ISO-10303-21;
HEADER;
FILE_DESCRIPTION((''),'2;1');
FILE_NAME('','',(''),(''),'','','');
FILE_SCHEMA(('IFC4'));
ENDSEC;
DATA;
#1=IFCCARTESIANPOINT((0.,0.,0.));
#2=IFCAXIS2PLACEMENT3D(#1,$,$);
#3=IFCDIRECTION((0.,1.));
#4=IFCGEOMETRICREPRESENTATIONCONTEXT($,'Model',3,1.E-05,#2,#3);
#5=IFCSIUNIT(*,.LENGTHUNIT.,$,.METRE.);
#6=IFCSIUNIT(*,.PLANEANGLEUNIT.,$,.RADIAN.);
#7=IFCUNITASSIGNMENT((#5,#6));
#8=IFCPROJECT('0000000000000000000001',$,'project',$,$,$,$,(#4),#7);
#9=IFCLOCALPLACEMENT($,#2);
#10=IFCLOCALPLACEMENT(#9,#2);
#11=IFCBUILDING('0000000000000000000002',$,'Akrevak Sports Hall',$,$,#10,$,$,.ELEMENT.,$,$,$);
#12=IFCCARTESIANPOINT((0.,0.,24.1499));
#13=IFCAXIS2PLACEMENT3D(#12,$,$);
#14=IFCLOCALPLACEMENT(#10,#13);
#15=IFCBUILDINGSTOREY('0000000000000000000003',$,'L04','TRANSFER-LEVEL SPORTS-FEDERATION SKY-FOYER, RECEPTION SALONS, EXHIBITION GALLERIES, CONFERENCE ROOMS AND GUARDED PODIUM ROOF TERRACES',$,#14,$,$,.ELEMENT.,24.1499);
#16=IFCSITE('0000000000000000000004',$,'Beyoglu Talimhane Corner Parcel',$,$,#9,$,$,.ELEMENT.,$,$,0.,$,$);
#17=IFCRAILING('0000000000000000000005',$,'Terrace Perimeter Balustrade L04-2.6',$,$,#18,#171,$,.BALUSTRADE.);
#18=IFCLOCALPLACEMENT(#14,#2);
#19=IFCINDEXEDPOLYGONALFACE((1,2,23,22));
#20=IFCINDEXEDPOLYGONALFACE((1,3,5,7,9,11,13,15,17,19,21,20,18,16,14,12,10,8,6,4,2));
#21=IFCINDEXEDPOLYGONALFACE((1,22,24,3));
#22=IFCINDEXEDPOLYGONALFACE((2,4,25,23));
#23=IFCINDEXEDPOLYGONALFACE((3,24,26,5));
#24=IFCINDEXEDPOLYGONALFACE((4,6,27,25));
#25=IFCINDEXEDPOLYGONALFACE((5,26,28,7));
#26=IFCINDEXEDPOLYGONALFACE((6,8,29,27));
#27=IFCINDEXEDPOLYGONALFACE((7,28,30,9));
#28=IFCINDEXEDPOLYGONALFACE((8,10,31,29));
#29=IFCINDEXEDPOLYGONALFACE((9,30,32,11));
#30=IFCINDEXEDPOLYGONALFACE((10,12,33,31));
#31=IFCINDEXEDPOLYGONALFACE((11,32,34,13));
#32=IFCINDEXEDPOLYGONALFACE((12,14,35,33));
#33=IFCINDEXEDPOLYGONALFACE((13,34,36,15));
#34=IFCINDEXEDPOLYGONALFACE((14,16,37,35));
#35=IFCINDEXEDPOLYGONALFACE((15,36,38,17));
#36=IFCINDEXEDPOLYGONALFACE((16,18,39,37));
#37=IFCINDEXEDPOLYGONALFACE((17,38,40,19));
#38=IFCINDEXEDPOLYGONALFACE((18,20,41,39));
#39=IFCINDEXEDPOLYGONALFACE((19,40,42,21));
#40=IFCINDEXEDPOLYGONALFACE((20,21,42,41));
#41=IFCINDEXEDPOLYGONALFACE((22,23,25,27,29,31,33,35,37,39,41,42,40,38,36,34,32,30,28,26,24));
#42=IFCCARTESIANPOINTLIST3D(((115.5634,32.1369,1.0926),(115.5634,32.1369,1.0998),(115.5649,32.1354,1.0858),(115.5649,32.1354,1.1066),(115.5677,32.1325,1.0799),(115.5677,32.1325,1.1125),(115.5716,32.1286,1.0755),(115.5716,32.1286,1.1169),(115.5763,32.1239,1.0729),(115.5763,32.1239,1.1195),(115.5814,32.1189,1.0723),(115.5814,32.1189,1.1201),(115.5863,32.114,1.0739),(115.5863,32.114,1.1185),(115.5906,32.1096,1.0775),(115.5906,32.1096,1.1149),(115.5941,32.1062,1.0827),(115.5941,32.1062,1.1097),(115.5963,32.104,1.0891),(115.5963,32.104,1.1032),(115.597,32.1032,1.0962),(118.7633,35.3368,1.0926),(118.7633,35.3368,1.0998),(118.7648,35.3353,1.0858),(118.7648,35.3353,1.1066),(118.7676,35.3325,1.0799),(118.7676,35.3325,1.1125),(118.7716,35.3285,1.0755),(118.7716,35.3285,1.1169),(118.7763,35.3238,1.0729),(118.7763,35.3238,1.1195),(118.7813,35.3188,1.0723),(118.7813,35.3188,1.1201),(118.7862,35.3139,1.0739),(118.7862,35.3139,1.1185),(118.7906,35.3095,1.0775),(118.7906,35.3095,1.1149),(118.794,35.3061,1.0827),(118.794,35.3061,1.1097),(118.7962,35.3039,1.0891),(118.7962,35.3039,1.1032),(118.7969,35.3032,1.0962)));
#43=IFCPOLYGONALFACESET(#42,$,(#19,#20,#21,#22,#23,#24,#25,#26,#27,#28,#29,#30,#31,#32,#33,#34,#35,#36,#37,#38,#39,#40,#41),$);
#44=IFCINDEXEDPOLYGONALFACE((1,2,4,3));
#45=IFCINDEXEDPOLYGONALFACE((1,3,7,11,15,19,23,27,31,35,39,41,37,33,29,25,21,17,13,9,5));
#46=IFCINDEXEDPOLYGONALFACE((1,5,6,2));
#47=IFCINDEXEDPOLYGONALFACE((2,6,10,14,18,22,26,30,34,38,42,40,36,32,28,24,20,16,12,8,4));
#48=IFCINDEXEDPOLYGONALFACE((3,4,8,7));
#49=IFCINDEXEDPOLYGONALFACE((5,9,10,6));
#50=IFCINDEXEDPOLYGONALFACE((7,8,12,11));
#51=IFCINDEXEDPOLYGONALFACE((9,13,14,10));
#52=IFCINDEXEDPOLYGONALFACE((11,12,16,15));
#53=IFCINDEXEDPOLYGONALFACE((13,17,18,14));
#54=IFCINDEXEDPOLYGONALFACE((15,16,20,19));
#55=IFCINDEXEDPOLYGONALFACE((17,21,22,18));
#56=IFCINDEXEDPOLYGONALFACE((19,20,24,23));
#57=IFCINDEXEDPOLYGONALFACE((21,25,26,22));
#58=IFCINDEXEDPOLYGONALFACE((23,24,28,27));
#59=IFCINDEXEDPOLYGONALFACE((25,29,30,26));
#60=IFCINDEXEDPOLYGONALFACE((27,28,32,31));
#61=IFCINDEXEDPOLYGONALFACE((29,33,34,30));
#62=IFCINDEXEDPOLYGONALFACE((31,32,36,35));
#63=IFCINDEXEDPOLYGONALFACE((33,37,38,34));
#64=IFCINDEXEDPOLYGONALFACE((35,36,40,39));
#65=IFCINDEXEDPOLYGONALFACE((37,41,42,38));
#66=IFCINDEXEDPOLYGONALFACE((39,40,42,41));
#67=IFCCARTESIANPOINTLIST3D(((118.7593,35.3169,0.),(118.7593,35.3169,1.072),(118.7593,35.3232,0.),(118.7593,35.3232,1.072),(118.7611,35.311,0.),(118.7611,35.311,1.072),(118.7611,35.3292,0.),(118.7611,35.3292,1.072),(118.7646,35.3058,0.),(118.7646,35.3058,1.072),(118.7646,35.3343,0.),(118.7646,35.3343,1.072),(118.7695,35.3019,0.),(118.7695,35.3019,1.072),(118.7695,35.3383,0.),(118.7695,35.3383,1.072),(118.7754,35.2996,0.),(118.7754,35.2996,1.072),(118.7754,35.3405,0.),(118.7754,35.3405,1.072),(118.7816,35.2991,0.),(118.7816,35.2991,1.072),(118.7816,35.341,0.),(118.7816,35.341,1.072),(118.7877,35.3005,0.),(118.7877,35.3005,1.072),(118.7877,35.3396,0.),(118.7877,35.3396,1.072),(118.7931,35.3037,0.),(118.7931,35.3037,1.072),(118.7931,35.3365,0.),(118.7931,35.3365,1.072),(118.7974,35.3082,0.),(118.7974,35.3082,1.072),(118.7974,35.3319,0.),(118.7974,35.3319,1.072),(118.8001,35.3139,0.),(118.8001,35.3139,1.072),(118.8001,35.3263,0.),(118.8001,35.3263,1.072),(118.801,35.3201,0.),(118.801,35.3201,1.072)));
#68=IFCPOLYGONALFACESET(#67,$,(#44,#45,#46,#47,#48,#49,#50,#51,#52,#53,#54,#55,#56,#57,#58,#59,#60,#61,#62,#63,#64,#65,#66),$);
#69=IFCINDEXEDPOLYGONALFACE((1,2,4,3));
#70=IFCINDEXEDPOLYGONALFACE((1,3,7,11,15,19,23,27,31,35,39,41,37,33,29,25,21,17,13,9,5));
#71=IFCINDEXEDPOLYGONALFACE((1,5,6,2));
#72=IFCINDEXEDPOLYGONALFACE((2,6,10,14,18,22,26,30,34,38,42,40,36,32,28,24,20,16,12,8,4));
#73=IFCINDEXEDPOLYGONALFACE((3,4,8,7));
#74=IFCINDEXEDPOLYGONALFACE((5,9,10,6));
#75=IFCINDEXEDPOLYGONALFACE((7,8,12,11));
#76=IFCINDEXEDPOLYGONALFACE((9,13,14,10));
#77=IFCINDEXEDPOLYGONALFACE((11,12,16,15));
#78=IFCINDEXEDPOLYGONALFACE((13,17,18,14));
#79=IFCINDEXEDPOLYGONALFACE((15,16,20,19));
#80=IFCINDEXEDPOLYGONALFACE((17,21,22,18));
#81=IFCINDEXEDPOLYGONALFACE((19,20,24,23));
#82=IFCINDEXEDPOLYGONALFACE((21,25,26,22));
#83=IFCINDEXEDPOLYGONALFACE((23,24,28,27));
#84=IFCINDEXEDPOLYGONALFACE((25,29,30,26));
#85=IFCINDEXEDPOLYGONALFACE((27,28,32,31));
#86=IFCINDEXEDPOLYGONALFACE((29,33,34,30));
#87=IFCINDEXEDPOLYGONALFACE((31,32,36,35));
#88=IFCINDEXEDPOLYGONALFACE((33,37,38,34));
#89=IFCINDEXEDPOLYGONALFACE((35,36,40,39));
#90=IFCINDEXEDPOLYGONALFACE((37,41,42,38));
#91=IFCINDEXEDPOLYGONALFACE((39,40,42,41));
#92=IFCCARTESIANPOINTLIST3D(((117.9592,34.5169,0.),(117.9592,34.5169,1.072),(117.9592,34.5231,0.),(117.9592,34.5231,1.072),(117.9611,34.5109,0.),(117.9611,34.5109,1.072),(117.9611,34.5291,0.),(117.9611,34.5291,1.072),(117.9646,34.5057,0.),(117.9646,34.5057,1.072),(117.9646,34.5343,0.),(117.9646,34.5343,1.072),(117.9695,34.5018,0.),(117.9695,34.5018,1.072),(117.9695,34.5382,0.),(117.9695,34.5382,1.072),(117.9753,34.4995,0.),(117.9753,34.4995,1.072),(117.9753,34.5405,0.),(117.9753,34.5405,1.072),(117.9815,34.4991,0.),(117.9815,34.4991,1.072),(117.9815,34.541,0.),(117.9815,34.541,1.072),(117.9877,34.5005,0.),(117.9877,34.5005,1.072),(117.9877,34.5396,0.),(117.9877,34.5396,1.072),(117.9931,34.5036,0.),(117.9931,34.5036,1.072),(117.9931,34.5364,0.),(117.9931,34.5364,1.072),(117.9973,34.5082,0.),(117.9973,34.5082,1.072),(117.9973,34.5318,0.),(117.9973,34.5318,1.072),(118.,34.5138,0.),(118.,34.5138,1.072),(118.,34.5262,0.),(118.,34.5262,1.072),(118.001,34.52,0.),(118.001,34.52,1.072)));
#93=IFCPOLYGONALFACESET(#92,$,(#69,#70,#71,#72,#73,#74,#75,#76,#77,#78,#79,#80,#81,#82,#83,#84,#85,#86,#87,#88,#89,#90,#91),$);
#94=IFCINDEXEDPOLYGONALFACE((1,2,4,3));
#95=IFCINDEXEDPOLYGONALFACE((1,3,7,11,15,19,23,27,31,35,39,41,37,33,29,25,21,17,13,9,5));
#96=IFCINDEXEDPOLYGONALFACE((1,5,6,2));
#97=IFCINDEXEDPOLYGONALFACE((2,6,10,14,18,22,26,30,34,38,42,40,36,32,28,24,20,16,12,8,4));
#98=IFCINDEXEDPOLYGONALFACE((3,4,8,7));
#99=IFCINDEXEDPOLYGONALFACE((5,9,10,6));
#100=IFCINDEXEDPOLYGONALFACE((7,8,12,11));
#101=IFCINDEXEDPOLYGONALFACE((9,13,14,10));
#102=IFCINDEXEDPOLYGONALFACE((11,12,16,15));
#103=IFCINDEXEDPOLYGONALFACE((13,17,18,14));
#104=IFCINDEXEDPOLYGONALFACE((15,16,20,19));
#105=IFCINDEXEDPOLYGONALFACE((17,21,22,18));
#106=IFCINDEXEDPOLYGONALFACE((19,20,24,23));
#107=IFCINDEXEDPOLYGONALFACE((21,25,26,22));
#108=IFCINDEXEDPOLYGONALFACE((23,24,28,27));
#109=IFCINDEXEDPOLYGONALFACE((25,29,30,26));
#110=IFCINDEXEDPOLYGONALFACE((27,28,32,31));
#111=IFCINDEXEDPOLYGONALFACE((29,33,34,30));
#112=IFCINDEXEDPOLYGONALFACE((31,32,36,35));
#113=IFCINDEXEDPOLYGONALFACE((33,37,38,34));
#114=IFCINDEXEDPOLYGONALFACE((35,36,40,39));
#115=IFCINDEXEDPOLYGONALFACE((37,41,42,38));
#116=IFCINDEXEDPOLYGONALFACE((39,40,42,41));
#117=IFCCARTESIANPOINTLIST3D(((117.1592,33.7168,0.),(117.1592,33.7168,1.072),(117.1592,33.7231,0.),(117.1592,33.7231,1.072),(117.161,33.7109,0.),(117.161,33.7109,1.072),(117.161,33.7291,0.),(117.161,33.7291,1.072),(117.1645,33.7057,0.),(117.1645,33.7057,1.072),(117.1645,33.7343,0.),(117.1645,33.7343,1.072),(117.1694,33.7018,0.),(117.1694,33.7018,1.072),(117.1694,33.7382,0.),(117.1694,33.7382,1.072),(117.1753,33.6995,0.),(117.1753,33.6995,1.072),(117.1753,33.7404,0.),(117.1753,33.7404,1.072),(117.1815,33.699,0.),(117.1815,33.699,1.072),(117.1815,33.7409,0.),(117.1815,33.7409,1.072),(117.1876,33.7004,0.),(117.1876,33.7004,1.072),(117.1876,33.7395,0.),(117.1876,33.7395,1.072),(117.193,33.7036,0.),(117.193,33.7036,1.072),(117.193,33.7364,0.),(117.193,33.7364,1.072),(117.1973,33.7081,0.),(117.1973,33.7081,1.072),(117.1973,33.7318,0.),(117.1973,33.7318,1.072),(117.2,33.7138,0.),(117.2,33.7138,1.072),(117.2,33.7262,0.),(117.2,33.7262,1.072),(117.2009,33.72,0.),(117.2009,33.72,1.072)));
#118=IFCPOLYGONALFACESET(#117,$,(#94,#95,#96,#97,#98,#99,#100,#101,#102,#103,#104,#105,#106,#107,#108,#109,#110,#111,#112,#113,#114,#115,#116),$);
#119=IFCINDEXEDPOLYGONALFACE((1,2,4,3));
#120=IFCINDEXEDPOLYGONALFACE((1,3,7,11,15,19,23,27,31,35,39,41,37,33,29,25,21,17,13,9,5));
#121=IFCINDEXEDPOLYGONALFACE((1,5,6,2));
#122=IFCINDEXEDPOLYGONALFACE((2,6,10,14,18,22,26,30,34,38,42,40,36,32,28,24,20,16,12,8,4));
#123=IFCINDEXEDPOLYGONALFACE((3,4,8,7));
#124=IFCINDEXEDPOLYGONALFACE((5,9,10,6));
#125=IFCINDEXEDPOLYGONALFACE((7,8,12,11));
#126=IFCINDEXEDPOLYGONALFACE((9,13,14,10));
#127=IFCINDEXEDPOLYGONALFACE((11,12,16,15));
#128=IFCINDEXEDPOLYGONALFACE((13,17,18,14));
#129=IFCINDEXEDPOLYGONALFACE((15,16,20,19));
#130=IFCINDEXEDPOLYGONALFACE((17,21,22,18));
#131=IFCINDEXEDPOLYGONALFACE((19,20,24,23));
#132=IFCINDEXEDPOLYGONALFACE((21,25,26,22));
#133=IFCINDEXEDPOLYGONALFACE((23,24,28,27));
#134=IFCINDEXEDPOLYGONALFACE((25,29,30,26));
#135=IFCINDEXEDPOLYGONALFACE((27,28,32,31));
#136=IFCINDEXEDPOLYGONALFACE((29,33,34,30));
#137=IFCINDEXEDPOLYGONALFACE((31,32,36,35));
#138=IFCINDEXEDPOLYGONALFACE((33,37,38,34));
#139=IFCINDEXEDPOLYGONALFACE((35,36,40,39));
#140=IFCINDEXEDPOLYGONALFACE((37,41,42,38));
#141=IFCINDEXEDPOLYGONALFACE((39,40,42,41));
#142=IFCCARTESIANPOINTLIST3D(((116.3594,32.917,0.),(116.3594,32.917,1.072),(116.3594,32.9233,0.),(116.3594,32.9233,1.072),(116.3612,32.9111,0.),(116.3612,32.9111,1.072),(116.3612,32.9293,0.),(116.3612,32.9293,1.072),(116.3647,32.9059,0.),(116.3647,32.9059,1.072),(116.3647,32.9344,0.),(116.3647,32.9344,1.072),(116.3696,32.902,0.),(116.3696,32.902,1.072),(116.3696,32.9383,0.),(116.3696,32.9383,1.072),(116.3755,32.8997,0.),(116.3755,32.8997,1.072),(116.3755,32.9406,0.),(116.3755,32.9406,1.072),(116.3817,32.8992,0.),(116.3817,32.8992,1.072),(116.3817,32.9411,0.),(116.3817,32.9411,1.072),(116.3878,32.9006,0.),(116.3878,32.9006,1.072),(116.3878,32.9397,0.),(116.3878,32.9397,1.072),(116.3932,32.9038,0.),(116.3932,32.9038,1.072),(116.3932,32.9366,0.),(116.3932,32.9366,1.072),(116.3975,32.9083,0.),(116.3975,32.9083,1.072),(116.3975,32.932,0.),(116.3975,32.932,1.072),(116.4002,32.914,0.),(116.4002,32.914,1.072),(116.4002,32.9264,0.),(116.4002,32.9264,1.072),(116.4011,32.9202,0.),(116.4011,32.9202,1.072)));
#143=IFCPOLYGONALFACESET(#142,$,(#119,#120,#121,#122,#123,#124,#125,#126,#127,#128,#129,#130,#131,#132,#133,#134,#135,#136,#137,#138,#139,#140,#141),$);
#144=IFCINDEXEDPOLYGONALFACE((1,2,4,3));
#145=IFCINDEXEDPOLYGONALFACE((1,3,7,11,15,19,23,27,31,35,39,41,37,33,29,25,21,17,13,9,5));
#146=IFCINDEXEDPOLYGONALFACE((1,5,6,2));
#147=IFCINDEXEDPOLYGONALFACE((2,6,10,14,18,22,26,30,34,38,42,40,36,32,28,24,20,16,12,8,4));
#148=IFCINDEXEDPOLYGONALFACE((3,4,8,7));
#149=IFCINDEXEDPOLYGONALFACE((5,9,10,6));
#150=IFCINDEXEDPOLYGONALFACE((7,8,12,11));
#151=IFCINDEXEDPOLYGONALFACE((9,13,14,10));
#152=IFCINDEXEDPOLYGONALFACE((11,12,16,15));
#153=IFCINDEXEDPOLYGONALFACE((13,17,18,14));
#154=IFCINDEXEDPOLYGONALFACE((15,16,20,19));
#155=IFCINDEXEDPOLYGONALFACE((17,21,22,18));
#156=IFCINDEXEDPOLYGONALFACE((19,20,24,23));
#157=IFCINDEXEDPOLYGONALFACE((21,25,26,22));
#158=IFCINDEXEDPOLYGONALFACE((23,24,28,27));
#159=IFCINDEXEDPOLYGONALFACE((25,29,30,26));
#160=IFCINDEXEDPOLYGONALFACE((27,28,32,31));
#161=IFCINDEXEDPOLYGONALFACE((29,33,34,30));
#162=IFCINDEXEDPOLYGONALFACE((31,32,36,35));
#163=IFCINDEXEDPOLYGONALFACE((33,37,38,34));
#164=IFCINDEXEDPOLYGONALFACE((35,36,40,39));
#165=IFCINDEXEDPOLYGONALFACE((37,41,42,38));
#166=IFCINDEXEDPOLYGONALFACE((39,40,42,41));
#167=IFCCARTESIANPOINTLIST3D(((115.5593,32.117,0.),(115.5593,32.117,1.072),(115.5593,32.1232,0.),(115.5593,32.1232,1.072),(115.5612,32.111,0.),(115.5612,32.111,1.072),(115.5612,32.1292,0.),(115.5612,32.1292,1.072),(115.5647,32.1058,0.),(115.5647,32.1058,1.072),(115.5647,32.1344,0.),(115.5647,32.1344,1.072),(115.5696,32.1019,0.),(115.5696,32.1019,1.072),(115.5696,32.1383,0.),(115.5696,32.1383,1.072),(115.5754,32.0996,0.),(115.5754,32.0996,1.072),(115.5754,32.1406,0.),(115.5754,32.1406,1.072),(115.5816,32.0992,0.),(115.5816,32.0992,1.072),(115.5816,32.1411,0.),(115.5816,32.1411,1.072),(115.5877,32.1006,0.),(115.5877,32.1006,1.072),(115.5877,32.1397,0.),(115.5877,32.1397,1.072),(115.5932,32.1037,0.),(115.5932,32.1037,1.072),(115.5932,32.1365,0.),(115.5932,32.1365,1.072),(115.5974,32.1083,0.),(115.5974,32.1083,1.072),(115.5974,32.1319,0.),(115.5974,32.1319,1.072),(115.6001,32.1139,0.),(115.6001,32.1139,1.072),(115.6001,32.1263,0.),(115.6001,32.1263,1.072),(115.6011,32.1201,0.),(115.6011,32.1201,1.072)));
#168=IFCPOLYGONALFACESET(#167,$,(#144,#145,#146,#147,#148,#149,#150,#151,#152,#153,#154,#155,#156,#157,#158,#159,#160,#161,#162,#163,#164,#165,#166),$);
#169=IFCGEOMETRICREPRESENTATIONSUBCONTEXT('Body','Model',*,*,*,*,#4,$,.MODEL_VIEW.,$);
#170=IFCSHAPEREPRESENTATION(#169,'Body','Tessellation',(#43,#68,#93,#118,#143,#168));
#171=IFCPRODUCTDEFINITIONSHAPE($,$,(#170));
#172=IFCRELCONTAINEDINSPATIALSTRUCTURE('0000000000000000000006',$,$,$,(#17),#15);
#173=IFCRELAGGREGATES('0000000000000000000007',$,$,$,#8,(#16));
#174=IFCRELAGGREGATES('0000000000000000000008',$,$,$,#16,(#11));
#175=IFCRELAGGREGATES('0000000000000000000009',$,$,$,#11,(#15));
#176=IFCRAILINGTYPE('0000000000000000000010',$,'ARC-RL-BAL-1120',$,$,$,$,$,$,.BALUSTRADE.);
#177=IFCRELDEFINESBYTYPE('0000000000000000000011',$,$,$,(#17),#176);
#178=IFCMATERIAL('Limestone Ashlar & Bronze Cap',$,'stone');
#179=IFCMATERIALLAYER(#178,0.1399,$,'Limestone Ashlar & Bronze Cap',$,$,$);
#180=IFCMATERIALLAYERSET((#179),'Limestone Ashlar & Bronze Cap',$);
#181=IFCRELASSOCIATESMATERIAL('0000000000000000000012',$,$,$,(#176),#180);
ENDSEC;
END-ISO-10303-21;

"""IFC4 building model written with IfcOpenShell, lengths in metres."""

from ifc_helpers import new_model, si_unit, direction, frame, origin, origin_2d, place, context, subcontext, project, spatial, circle, extrude, material, layer, layer_set, type_object, element, save


model = new_model("IFC4")

# Units and contexts
model_context = context("Model", 3, precision=1e-05, world=origin(), true_north=direction((0.0, 1.0)))
body_context = subcontext(model_context, "Body", "Model", "MODEL_VIEW")
ifc_project = project(units=[si_unit("LENGTHUNIT", "METRE"), si_unit("PLANEANGLEUNIT", "RADIAN")], contexts=[model_context])

# Site, building, storey
site_placement = place(None, origin())
site = spatial("IfcSite", under=ifc_project, at=site_placement, Name="Beyoglu Talimhane Corner Parcel", CompositionType="ELEMENT", RefElevation=0.0)
building_placement = place(site_placement, origin())
building = spatial("IfcBuilding", under=site, at=building_placement, Name="Akrevak Sports Hall", CompositionType="ELEMENT")
storey_placement = place(building_placement, frame((0.0, 0.0, 24.1499)))
storey = spatial("IfcBuildingStorey", under=building, at=storey_placement, Name="L04", Description="TRANSFER-LEVEL SPORTS-FEDERATION SKY-FOYER, RECEPTION SALONS, EXHIBITION GALLERIES, CONFERENCE ROOMS AND GUARDED PODIUM ROOF TERRACES", CompositionType="ELEMENT", Elevation=24.1499)

# Railing
ifc_material_1 = material(Name="Limestone Ashlar & Bronze Cap", Category="stone")
ifc_layer_1 = layer(ifc_material_1, 0.1399, Name="Limestone Ashlar & Bronze Cap")
ifc_layer_set_1 = layer_set([ifc_layer_1], Name="Limestone Ashlar & Bronze Cap")
railing_type = type_object("IfcRailingType", Name="ARC-RL-BAL-1120", PredefinedType="BALUSTRADE", material=ifc_layer_set_1)
railing_1_placement = place(storey_placement, frame((118.78, 35.3201, 0.0)))
element("IfcRailing", 1, at=railing_1_placement, inside=storey, type_object=railing_type, Name="Terrace Perimeter Balustrade L04-2.6", PredefinedType="BALUSTRADE", context=body_context, shape_type="SweptSolid", body=[
    extrude(circle(Radius=0.0239, at=origin_2d()), frame((0.0, 0.0, 1.0962), z_axis=(-0.707107, -0.707107, 0.0), x_axis=(0.707107, -0.707107, 0.0)), (0.0, 0.0, 1.0), 4.5254),
    extrude(circle(Radius=0.021, at=origin_2d()), origin(), (0.0, 0.0, 1.0), 1.072),
    extrude(circle(Radius=0.021, at=origin_2d()), frame((-0.8, -0.8, 0.0)), (0.0, 0.0, 1.0), 1.072),
    extrude(circle(Radius=0.021, at=origin_2d()), frame((-1.6001, -1.6001, 0.0)), (0.0, 0.0, 1.0), 1.072),
    extrude(circle(Radius=0.021, at=origin_2d()), frame((-2.3999, -2.3999, 0.0)), (0.0, 0.0, 1.0), 1.072),
    extrude(circle(Radius=0.021, at=origin_2d()), frame((-3.2, -3.2, 0.0)), (0.0, 0.0, 1.0), 1.072),
])

save(model, "model.ifc")
